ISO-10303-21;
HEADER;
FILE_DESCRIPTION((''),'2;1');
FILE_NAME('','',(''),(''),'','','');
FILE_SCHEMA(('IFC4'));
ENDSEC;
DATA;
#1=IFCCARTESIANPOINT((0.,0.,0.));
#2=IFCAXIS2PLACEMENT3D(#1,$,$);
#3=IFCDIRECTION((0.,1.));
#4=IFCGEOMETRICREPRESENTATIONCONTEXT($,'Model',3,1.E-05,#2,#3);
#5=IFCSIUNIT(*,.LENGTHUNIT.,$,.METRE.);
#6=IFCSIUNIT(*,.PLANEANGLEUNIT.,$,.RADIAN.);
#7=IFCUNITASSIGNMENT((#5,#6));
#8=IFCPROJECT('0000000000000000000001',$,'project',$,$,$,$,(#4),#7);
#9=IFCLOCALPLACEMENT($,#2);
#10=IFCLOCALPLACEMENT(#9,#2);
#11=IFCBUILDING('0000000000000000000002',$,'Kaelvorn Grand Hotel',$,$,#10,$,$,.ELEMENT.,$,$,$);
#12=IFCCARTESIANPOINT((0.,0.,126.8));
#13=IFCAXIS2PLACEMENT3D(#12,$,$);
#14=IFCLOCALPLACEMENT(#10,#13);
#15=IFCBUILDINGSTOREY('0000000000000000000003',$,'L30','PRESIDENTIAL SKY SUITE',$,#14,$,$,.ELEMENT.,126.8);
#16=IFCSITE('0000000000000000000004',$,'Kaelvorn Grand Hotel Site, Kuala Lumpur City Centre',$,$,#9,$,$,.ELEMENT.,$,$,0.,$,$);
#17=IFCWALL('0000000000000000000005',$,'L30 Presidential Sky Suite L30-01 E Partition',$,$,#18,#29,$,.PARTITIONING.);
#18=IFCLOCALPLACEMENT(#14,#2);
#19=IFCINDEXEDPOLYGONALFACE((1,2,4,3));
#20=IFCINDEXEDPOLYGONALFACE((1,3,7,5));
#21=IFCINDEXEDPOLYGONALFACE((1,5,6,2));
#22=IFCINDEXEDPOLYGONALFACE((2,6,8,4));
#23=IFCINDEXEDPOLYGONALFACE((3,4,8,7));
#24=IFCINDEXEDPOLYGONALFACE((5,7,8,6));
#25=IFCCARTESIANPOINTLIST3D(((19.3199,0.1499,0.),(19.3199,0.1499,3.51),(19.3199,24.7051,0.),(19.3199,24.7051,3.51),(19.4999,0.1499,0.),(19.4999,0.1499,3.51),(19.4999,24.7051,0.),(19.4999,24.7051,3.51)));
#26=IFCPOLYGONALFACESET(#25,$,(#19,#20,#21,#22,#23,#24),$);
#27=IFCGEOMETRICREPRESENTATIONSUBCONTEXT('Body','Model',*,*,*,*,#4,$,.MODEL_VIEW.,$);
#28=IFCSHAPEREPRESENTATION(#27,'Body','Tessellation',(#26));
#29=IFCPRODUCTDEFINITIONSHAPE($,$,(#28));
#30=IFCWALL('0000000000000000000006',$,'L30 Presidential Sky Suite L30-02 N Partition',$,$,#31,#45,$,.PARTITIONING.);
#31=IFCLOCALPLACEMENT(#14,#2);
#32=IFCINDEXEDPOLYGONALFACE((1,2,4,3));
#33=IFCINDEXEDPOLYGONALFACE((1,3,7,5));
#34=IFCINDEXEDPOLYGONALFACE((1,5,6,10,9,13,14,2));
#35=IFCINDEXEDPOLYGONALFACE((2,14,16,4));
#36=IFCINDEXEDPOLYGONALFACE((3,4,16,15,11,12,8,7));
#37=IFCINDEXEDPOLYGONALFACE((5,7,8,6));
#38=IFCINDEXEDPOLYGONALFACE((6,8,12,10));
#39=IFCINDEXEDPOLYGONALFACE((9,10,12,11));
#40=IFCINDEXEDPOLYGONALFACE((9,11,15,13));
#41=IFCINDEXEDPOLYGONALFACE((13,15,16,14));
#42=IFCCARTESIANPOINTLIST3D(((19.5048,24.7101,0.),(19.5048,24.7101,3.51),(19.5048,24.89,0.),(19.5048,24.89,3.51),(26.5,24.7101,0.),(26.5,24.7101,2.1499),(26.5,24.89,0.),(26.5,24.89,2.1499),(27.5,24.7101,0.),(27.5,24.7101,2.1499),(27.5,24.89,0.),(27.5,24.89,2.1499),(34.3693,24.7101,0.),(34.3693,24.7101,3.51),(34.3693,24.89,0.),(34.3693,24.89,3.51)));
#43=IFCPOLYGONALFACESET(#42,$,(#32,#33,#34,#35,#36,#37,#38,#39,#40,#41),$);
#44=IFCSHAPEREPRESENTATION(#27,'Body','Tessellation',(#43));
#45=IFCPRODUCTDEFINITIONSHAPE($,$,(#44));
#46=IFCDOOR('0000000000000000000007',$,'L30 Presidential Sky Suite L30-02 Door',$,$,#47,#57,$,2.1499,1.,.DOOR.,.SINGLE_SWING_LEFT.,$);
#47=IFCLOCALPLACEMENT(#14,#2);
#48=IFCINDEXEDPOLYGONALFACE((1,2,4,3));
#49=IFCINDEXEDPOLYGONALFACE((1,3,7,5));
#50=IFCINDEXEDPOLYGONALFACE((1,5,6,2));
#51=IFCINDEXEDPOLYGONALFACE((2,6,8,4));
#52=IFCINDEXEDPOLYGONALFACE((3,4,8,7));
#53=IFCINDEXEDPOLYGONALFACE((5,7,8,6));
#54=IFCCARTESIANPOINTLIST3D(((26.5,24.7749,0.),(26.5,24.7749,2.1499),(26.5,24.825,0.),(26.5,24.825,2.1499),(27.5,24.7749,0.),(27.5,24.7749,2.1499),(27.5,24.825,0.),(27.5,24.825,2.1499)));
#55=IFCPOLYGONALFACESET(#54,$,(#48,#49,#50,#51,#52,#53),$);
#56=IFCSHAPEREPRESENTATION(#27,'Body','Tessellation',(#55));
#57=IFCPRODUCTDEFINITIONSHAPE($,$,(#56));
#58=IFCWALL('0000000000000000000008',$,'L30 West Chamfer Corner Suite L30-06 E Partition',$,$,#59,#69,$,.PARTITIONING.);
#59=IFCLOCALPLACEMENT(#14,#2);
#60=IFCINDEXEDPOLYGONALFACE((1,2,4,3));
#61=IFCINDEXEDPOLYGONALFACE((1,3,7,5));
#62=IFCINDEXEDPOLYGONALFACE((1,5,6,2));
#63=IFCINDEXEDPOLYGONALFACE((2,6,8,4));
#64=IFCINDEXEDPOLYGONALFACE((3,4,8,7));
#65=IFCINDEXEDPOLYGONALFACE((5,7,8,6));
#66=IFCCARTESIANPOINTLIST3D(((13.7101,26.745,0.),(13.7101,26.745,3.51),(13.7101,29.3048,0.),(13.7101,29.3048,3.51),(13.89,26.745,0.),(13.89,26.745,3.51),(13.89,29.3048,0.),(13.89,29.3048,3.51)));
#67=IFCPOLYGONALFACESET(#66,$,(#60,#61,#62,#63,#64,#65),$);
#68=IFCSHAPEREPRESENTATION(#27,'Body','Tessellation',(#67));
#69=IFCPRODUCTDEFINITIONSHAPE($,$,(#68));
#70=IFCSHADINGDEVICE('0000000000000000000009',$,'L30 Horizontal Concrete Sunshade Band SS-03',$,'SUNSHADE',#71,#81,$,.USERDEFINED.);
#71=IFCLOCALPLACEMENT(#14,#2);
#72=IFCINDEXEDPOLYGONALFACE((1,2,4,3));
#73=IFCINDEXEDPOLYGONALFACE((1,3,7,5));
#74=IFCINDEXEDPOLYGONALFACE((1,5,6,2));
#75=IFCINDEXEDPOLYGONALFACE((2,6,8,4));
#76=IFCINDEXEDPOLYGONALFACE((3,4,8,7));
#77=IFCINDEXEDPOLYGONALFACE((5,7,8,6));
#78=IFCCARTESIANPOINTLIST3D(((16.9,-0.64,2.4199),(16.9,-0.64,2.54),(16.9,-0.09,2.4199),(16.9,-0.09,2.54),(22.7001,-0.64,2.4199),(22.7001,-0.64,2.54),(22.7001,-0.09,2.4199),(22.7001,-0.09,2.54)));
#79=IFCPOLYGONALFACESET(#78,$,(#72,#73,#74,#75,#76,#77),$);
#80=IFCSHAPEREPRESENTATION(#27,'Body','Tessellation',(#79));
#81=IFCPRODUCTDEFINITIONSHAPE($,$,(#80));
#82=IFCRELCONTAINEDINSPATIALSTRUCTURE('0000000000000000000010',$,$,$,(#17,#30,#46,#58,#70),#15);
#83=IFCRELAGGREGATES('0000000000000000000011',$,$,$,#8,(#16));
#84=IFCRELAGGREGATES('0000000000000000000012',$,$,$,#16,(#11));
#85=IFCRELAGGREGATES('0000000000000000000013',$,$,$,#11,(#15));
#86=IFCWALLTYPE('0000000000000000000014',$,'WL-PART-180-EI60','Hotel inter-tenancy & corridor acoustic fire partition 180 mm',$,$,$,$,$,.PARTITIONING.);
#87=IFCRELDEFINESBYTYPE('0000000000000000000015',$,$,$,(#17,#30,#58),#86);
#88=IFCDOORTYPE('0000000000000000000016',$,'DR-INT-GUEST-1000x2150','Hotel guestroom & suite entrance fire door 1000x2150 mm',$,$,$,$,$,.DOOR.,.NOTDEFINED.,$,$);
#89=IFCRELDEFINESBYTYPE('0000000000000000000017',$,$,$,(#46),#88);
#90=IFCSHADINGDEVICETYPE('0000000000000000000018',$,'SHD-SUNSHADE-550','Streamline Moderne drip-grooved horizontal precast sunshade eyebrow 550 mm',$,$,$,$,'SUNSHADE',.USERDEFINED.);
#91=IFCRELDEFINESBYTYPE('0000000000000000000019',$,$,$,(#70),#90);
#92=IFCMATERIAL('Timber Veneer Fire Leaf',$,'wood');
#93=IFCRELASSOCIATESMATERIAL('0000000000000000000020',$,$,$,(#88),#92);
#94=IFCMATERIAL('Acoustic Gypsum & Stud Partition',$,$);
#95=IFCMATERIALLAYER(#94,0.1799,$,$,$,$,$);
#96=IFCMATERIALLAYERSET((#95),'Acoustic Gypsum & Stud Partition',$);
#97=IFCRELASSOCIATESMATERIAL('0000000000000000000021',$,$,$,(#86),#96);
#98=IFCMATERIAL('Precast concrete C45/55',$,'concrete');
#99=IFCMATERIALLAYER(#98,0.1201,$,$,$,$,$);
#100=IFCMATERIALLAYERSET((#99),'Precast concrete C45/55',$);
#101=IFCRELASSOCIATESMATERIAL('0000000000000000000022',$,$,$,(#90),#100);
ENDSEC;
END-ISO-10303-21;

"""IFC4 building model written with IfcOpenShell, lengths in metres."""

from ifc_helpers import new_model, si_unit, direction, frame, frame_2d, origin, origin_2d, place, context, subcontext, project, spatial, rectangle, extrude, material, layer, layer_set, type_object, element, fill, save


model = new_model("IFC4")

# Units and contexts
model_context = context("Model", 3, precision=1e-05, world=origin(), true_north=direction((0.0, 1.0)))
body_context = subcontext(model_context, "Body", "Model", "MODEL_VIEW")
ifc_project = project(units=[si_unit("LENGTHUNIT", "METRE"), si_unit("PLANEANGLEUNIT", "RADIAN")], contexts=[model_context])

# Site, building, storey
site_placement = place(None, origin())
site = spatial("IfcSite", under=ifc_project, at=site_placement, Name="Kaelvorn Grand Hotel Site, Kuala Lumpur City Centre", CompositionType="ELEMENT", RefElevation=0.0)
building_placement = place(site_placement, origin())
building = spatial("IfcBuilding", under=site, at=building_placement, Name="Kaelvorn Grand Hotel", CompositionType="ELEMENT")
storey_placement = place(building_placement, frame((0.0, 0.0, 126.8)))
storey = spatial("IfcBuildingStorey", under=building, at=storey_placement, Name="L30", Description="PRESIDENTIAL SKY SUITE", CompositionType="ELEMENT", Elevation=126.8)

# Shared definitions
ifc_material_1 = material(Name="Acoustic Gypsum & Stud Partition")
ifc_material_2 = material(Name="Timber Veneer Fire Leaf", Category="wood")
door_type_1 = type_object("IfcDoorType", Name="DR-INT-GUEST-1000x2150", Description="Hotel guestroom & suite entrance fire door 1000x2150 mm", OperationType="NOTDEFINED", PredefinedType="DOOR", material=ifc_material_2)

# Wall
ifc_layer_1 = layer(ifc_material_1, 0.1799)
ifc_layer_set_1 = layer_set([ifc_layer_1], Name="Acoustic Gypsum & Stud Partition")
wall_type_1 = type_object("IfcWallType", Name="WL-PART-180-EI60", Description="Hotel inter-tenancy & corridor acoustic fire partition 180 mm", PredefinedType="PARTITIONING", material=ifc_layer_set_1)
wall_1_placement = place(storey_placement, frame((19.4099, 0.1499, 0.0), z_axis=(0.0, 0.0, 1.0), x_axis=(0.0, 1.0, 0.0)))
element("IfcWall", 1, at=wall_1_placement, inside=storey, type_object=wall_type_1, Name="L30 Presidential Sky Suite L30-01 E Partition", PredefinedType="PARTITIONING", context=body_context, shape_type="SweptSolid", body=[
    extrude(rectangle(XDim=24.5552, YDim=0.1799, at=frame_2d((12.2776, 0.0))), origin(), (0.0, 0.0, 1.0), 3.51),
])

# Wall, opening, door
wall_2_placement = place(storey_placement, frame((19.5049, 24.8, 0.0), z_axis=(0.0, 0.0, 1.0), x_axis=(1.0, 0.0, 0.0)))
wall_2 = element("IfcWall", 2, at=wall_2_placement, inside=storey, type_object=wall_type_1, Name="L30 Presidential Sky Suite L30-02 N Partition", PredefinedType="PARTITIONING", context=body_context, shape_type="SweptSolid", body=[
    extrude(rectangle(XDim=14.8645, YDim=0.1799, at=frame_2d((7.4321, 0.0))), origin(), (0.0, 0.0, 1.0), 3.51),
])
opening_1_placement = place(wall_2_placement, frame((6.9951, 0.0, 0.0)))
opening_1 = element("IfcOpeningElement", 3, at=opening_1_placement, cuts=wall_2, PredefinedType="OPENING", context=body_context, shape_type="SweptSolid", body=[
    extrude(rectangle(XDim=1.0, YDim=2.1499, at=frame_2d((0.5, 1.075))), frame((0.0, 0.1001, 0.0), z_axis=(0.0, -1.0, 0.0), x_axis=(1.0, 0.0, 0.0)), (0.0, 0.0, 1.0), 0.2),
])
door_1_placement = place(opening_1_placement, origin())
door_1 = element("IfcDoor", 4, at=door_1_placement, inside=storey, type_object=door_type_1, Name="L30 Presidential Sky Suite L30-02 Door", OperationType="SINGLE_SWING_LEFT", OverallHeight=2.1499, OverallWidth=1.0, PredefinedType="DOOR", context=body_context, shape_type="SweptSolid", body=[
    extrude(rectangle(XDim=1.0, YDim=2.1499, at=frame_2d((0.5, 1.075))), frame((0.0, 0.0249, 0.0), z_axis=(0.0, -1.0, 0.0), x_axis=(1.0, 0.0, 0.0)), (0.0, 0.0, 1.0), 0.05),
])
fill(opening_1, door_1)

# Wall
wall_3_placement = place(storey_placement, frame((13.8, 26.7451, 0.0), z_axis=(0.0, 0.0, 1.0), x_axis=(0.0, 1.0, 0.0)))
element("IfcWall", 5, at=wall_3_placement, inside=storey, type_object=wall_type_1, Name="L30 West Chamfer Corner Suite L30-06 E Partition", PredefinedType="PARTITIONING", context=body_context, shape_type="SweptSolid", body=[
    extrude(rectangle(XDim=2.5598, YDim=0.1799, at=frame_2d((1.2798, 0.0))), origin(), (0.0, 0.0, 1.0), 3.51),
])

# Shading device
ifc_material_3 = material(Name="Precast concrete C45/55", Category="concrete")
ifc_layer_2 = layer(ifc_material_3, 0.1201)
ifc_layer_set_2 = layer_set([ifc_layer_2], Name="Precast concrete C45/55")
shading_device_type = type_object("IfcShadingDeviceType", Name="SHD-SUNSHADE-550", Description="Streamline Moderne drip-grooved horizontal precast sunshade eyebrow 550 mm", ElementType="SUNSHADE", PredefinedType="USERDEFINED", material=ifc_layer_set_2)
shading_device_placement = place(storey_placement, frame((19.8, -0.365, 2.4199), z_axis=(0.0, 0.0, 1.0), x_axis=(1.0, 0.0, 0.0)))
element("IfcShadingDevice", 6, at=shading_device_placement, inside=storey, type_object=shading_device_type, Name="L30 Horizontal Concrete Sunshade Band SS-03", ObjectType="SUNSHADE", PredefinedType="USERDEFINED", context=body_context, shape_type="SweptSolid", body=[
    extrude(rectangle(XDim=5.8, YDim=0.55, at=origin_2d()), origin(), (0.0, 0.0, 1.0), 0.1201),
])

save(model, "model.ifc")
